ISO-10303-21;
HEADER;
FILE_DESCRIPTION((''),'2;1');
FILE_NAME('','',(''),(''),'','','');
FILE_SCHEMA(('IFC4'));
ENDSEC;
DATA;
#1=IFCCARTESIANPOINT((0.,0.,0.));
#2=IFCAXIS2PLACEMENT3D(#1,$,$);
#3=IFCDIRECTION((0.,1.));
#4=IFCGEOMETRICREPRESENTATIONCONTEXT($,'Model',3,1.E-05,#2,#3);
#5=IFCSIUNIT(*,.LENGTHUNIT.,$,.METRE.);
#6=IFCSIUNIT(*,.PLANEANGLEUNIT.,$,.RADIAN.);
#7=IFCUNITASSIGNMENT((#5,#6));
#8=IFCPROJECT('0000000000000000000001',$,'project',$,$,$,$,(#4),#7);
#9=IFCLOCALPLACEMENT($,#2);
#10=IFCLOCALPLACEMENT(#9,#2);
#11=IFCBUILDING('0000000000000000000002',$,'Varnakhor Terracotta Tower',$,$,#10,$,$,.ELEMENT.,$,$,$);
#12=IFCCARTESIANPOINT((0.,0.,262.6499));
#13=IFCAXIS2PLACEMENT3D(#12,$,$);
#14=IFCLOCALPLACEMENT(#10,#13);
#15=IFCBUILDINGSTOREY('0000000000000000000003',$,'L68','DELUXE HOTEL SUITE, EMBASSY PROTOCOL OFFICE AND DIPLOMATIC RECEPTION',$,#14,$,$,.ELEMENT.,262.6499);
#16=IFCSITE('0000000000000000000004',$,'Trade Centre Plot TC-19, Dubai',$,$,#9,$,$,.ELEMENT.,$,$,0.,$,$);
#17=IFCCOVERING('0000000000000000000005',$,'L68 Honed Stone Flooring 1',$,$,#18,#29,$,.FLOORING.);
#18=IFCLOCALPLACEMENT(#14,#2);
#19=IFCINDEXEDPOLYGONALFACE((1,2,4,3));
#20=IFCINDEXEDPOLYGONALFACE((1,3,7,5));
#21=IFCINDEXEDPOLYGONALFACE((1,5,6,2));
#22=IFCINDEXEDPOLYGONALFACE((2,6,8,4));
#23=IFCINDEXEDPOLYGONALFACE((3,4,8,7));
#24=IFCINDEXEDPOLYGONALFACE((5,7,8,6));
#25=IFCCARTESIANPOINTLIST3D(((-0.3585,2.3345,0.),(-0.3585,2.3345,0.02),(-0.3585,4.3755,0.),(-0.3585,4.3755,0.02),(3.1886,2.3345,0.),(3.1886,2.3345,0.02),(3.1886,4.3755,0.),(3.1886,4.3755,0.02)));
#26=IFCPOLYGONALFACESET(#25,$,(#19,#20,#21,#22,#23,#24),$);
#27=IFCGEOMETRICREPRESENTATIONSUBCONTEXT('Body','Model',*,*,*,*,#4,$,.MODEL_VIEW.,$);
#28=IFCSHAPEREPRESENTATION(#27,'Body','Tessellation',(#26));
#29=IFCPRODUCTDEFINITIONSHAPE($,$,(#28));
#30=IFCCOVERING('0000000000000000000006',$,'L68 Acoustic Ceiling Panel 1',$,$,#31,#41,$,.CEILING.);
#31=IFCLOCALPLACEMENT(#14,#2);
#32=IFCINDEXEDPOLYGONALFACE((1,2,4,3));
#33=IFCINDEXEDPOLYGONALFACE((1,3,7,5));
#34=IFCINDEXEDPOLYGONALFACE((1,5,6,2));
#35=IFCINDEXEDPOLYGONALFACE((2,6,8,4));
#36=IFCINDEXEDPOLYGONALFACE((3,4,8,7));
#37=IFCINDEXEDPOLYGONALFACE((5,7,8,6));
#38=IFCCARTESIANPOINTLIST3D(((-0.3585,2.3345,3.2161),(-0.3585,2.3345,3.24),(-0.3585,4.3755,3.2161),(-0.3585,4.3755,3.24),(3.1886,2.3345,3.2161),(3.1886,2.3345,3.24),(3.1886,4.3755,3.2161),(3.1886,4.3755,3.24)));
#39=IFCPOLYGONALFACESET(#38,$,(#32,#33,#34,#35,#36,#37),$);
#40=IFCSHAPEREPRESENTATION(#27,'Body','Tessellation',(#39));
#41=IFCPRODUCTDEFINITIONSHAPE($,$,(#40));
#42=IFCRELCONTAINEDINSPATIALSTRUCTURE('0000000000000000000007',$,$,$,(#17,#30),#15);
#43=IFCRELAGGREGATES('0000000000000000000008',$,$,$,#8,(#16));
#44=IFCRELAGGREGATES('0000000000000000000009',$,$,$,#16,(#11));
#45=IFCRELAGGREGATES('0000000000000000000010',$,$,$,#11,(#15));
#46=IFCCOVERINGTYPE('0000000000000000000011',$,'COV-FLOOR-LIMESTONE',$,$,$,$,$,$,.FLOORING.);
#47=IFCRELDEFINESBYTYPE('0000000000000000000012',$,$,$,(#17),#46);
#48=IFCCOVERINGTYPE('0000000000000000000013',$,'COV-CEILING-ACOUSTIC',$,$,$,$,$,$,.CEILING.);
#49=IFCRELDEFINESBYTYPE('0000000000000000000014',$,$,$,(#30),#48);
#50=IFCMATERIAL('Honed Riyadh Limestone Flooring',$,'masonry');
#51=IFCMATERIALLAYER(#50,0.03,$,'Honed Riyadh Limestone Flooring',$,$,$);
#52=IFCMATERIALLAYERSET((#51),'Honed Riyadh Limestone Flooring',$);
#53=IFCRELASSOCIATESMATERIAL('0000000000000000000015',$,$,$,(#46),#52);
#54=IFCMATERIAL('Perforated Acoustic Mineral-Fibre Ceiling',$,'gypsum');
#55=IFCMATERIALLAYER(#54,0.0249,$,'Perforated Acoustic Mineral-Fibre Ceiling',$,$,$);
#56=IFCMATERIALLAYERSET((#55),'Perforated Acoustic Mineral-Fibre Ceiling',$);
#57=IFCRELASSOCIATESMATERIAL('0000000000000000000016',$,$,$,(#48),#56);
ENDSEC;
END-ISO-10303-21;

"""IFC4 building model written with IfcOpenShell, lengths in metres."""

from ifc_helpers import new_model, si_unit, direction, frame, origin, origin_2d, place, context, subcontext, project, spatial, rectangle, extrude, source, transform, mapped, material, layer, layer_set, type_object, element, save


model = new_model("IFC4")

# Units and contexts
model_context = context("Model", 3, precision=1e-05, world=origin(), true_north=direction((0.0, 1.0)))
body_context = subcontext(model_context, "Body", "Model", "MODEL_VIEW")
ifc_project = project(units=[si_unit("LENGTHUNIT", "METRE"), si_unit("PLANEANGLEUNIT", "RADIAN")], contexts=[model_context])

# Site, building, storey
site_placement = place(None, origin())
site = spatial("IfcSite", under=ifc_project, at=site_placement, Name="Trade Centre Plot TC-19, Dubai", CompositionType="ELEMENT", RefElevation=0.0)
building_placement = place(site_placement, origin())
building = spatial("IfcBuilding", under=site, at=building_placement, Name="Varnakhor Terracotta Tower", CompositionType="ELEMENT")
storey_placement = place(building_placement, frame((0.0, 0.0, 262.6499)))
storey = spatial("IfcBuildingStorey", under=building, at=storey_placement, Name="L68", Description="DELUXE HOTEL SUITE, EMBASSY PROTOCOL OFFICE AND DIPLOMATIC RECEPTION", CompositionType="ELEMENT", Elevation=262.6499)

# Coverings
ifc_material_1 = material(Name="Honed Riyadh Limestone Flooring", Category="masonry")
ifc_layer_1 = layer(ifc_material_1, 0.03, Name="Honed Riyadh Limestone Flooring")
ifc_layer_set_1 = layer_set([ifc_layer_1], Name="Honed Riyadh Limestone Flooring")
covering_type_1 = type_object("IfcCoveringType", Name="COV-FLOOR-LIMESTONE", PredefinedType="FLOORING", material=ifc_layer_set_1)
shared_shape_1 = source(origin(), body_context, "Body", "SweptSolid", [
    extrude(rectangle(XDim=3.5471, YDim=2.041, at=origin_2d()), origin(), (0.0, 0.0, 1.0), 0.02),
])
covering_1_placement = place(storey_placement, frame((1.415, 3.355, 0.0), z_axis=(0.0, 0.0, 1.0), x_axis=(1.0, 0.0, 0.0)))
element("IfcCovering", 1, at=covering_1_placement, inside=storey, type_object=covering_type_1, Name="L68 Honed Stone Flooring 1", PredefinedType="FLOORING", context=body_context, shape_type="MappedRepresentation", body=[
    mapped(shared_shape_1, transform((0.0, 0.0, 0.0), scale=1.0)),
])
ifc_material_2 = material(Name="Perforated Acoustic Mineral-Fibre Ceiling", Category="gypsum")
ifc_layer_2 = layer(ifc_material_2, 0.0249, Name="Perforated Acoustic Mineral-Fibre Ceiling")
ifc_layer_set_2 = layer_set([ifc_layer_2], Name="Perforated Acoustic Mineral-Fibre Ceiling")
covering_type_2 = type_object("IfcCoveringType", Name="COV-CEILING-ACOUSTIC", PredefinedType="CEILING", material=ifc_layer_set_2)
shared_shape_2 = source(origin(), body_context, "Body", "SweptSolid", [
    extrude(rectangle(XDim=3.5471, YDim=2.041, at=origin_2d()), origin(), (0.0, 0.0, 1.0), 0.0239),
])
covering_2_placement = place(storey_placement, frame((1.415, 3.355, 3.2161), z_axis=(0.0, 0.0, 1.0), x_axis=(1.0, 0.0, 0.0)))
element("IfcCovering", 2, at=covering_2_placement, inside=storey, type_object=covering_type_2, Name="L68 Acoustic Ceiling Panel 1", PredefinedType="CEILING", context=body_context, shape_type="MappedRepresentation", body=[
    mapped(shared_shape_2, transform((0.0, 0.0, 0.0), scale=1.0)),
])

save(model, "model.ifc")
